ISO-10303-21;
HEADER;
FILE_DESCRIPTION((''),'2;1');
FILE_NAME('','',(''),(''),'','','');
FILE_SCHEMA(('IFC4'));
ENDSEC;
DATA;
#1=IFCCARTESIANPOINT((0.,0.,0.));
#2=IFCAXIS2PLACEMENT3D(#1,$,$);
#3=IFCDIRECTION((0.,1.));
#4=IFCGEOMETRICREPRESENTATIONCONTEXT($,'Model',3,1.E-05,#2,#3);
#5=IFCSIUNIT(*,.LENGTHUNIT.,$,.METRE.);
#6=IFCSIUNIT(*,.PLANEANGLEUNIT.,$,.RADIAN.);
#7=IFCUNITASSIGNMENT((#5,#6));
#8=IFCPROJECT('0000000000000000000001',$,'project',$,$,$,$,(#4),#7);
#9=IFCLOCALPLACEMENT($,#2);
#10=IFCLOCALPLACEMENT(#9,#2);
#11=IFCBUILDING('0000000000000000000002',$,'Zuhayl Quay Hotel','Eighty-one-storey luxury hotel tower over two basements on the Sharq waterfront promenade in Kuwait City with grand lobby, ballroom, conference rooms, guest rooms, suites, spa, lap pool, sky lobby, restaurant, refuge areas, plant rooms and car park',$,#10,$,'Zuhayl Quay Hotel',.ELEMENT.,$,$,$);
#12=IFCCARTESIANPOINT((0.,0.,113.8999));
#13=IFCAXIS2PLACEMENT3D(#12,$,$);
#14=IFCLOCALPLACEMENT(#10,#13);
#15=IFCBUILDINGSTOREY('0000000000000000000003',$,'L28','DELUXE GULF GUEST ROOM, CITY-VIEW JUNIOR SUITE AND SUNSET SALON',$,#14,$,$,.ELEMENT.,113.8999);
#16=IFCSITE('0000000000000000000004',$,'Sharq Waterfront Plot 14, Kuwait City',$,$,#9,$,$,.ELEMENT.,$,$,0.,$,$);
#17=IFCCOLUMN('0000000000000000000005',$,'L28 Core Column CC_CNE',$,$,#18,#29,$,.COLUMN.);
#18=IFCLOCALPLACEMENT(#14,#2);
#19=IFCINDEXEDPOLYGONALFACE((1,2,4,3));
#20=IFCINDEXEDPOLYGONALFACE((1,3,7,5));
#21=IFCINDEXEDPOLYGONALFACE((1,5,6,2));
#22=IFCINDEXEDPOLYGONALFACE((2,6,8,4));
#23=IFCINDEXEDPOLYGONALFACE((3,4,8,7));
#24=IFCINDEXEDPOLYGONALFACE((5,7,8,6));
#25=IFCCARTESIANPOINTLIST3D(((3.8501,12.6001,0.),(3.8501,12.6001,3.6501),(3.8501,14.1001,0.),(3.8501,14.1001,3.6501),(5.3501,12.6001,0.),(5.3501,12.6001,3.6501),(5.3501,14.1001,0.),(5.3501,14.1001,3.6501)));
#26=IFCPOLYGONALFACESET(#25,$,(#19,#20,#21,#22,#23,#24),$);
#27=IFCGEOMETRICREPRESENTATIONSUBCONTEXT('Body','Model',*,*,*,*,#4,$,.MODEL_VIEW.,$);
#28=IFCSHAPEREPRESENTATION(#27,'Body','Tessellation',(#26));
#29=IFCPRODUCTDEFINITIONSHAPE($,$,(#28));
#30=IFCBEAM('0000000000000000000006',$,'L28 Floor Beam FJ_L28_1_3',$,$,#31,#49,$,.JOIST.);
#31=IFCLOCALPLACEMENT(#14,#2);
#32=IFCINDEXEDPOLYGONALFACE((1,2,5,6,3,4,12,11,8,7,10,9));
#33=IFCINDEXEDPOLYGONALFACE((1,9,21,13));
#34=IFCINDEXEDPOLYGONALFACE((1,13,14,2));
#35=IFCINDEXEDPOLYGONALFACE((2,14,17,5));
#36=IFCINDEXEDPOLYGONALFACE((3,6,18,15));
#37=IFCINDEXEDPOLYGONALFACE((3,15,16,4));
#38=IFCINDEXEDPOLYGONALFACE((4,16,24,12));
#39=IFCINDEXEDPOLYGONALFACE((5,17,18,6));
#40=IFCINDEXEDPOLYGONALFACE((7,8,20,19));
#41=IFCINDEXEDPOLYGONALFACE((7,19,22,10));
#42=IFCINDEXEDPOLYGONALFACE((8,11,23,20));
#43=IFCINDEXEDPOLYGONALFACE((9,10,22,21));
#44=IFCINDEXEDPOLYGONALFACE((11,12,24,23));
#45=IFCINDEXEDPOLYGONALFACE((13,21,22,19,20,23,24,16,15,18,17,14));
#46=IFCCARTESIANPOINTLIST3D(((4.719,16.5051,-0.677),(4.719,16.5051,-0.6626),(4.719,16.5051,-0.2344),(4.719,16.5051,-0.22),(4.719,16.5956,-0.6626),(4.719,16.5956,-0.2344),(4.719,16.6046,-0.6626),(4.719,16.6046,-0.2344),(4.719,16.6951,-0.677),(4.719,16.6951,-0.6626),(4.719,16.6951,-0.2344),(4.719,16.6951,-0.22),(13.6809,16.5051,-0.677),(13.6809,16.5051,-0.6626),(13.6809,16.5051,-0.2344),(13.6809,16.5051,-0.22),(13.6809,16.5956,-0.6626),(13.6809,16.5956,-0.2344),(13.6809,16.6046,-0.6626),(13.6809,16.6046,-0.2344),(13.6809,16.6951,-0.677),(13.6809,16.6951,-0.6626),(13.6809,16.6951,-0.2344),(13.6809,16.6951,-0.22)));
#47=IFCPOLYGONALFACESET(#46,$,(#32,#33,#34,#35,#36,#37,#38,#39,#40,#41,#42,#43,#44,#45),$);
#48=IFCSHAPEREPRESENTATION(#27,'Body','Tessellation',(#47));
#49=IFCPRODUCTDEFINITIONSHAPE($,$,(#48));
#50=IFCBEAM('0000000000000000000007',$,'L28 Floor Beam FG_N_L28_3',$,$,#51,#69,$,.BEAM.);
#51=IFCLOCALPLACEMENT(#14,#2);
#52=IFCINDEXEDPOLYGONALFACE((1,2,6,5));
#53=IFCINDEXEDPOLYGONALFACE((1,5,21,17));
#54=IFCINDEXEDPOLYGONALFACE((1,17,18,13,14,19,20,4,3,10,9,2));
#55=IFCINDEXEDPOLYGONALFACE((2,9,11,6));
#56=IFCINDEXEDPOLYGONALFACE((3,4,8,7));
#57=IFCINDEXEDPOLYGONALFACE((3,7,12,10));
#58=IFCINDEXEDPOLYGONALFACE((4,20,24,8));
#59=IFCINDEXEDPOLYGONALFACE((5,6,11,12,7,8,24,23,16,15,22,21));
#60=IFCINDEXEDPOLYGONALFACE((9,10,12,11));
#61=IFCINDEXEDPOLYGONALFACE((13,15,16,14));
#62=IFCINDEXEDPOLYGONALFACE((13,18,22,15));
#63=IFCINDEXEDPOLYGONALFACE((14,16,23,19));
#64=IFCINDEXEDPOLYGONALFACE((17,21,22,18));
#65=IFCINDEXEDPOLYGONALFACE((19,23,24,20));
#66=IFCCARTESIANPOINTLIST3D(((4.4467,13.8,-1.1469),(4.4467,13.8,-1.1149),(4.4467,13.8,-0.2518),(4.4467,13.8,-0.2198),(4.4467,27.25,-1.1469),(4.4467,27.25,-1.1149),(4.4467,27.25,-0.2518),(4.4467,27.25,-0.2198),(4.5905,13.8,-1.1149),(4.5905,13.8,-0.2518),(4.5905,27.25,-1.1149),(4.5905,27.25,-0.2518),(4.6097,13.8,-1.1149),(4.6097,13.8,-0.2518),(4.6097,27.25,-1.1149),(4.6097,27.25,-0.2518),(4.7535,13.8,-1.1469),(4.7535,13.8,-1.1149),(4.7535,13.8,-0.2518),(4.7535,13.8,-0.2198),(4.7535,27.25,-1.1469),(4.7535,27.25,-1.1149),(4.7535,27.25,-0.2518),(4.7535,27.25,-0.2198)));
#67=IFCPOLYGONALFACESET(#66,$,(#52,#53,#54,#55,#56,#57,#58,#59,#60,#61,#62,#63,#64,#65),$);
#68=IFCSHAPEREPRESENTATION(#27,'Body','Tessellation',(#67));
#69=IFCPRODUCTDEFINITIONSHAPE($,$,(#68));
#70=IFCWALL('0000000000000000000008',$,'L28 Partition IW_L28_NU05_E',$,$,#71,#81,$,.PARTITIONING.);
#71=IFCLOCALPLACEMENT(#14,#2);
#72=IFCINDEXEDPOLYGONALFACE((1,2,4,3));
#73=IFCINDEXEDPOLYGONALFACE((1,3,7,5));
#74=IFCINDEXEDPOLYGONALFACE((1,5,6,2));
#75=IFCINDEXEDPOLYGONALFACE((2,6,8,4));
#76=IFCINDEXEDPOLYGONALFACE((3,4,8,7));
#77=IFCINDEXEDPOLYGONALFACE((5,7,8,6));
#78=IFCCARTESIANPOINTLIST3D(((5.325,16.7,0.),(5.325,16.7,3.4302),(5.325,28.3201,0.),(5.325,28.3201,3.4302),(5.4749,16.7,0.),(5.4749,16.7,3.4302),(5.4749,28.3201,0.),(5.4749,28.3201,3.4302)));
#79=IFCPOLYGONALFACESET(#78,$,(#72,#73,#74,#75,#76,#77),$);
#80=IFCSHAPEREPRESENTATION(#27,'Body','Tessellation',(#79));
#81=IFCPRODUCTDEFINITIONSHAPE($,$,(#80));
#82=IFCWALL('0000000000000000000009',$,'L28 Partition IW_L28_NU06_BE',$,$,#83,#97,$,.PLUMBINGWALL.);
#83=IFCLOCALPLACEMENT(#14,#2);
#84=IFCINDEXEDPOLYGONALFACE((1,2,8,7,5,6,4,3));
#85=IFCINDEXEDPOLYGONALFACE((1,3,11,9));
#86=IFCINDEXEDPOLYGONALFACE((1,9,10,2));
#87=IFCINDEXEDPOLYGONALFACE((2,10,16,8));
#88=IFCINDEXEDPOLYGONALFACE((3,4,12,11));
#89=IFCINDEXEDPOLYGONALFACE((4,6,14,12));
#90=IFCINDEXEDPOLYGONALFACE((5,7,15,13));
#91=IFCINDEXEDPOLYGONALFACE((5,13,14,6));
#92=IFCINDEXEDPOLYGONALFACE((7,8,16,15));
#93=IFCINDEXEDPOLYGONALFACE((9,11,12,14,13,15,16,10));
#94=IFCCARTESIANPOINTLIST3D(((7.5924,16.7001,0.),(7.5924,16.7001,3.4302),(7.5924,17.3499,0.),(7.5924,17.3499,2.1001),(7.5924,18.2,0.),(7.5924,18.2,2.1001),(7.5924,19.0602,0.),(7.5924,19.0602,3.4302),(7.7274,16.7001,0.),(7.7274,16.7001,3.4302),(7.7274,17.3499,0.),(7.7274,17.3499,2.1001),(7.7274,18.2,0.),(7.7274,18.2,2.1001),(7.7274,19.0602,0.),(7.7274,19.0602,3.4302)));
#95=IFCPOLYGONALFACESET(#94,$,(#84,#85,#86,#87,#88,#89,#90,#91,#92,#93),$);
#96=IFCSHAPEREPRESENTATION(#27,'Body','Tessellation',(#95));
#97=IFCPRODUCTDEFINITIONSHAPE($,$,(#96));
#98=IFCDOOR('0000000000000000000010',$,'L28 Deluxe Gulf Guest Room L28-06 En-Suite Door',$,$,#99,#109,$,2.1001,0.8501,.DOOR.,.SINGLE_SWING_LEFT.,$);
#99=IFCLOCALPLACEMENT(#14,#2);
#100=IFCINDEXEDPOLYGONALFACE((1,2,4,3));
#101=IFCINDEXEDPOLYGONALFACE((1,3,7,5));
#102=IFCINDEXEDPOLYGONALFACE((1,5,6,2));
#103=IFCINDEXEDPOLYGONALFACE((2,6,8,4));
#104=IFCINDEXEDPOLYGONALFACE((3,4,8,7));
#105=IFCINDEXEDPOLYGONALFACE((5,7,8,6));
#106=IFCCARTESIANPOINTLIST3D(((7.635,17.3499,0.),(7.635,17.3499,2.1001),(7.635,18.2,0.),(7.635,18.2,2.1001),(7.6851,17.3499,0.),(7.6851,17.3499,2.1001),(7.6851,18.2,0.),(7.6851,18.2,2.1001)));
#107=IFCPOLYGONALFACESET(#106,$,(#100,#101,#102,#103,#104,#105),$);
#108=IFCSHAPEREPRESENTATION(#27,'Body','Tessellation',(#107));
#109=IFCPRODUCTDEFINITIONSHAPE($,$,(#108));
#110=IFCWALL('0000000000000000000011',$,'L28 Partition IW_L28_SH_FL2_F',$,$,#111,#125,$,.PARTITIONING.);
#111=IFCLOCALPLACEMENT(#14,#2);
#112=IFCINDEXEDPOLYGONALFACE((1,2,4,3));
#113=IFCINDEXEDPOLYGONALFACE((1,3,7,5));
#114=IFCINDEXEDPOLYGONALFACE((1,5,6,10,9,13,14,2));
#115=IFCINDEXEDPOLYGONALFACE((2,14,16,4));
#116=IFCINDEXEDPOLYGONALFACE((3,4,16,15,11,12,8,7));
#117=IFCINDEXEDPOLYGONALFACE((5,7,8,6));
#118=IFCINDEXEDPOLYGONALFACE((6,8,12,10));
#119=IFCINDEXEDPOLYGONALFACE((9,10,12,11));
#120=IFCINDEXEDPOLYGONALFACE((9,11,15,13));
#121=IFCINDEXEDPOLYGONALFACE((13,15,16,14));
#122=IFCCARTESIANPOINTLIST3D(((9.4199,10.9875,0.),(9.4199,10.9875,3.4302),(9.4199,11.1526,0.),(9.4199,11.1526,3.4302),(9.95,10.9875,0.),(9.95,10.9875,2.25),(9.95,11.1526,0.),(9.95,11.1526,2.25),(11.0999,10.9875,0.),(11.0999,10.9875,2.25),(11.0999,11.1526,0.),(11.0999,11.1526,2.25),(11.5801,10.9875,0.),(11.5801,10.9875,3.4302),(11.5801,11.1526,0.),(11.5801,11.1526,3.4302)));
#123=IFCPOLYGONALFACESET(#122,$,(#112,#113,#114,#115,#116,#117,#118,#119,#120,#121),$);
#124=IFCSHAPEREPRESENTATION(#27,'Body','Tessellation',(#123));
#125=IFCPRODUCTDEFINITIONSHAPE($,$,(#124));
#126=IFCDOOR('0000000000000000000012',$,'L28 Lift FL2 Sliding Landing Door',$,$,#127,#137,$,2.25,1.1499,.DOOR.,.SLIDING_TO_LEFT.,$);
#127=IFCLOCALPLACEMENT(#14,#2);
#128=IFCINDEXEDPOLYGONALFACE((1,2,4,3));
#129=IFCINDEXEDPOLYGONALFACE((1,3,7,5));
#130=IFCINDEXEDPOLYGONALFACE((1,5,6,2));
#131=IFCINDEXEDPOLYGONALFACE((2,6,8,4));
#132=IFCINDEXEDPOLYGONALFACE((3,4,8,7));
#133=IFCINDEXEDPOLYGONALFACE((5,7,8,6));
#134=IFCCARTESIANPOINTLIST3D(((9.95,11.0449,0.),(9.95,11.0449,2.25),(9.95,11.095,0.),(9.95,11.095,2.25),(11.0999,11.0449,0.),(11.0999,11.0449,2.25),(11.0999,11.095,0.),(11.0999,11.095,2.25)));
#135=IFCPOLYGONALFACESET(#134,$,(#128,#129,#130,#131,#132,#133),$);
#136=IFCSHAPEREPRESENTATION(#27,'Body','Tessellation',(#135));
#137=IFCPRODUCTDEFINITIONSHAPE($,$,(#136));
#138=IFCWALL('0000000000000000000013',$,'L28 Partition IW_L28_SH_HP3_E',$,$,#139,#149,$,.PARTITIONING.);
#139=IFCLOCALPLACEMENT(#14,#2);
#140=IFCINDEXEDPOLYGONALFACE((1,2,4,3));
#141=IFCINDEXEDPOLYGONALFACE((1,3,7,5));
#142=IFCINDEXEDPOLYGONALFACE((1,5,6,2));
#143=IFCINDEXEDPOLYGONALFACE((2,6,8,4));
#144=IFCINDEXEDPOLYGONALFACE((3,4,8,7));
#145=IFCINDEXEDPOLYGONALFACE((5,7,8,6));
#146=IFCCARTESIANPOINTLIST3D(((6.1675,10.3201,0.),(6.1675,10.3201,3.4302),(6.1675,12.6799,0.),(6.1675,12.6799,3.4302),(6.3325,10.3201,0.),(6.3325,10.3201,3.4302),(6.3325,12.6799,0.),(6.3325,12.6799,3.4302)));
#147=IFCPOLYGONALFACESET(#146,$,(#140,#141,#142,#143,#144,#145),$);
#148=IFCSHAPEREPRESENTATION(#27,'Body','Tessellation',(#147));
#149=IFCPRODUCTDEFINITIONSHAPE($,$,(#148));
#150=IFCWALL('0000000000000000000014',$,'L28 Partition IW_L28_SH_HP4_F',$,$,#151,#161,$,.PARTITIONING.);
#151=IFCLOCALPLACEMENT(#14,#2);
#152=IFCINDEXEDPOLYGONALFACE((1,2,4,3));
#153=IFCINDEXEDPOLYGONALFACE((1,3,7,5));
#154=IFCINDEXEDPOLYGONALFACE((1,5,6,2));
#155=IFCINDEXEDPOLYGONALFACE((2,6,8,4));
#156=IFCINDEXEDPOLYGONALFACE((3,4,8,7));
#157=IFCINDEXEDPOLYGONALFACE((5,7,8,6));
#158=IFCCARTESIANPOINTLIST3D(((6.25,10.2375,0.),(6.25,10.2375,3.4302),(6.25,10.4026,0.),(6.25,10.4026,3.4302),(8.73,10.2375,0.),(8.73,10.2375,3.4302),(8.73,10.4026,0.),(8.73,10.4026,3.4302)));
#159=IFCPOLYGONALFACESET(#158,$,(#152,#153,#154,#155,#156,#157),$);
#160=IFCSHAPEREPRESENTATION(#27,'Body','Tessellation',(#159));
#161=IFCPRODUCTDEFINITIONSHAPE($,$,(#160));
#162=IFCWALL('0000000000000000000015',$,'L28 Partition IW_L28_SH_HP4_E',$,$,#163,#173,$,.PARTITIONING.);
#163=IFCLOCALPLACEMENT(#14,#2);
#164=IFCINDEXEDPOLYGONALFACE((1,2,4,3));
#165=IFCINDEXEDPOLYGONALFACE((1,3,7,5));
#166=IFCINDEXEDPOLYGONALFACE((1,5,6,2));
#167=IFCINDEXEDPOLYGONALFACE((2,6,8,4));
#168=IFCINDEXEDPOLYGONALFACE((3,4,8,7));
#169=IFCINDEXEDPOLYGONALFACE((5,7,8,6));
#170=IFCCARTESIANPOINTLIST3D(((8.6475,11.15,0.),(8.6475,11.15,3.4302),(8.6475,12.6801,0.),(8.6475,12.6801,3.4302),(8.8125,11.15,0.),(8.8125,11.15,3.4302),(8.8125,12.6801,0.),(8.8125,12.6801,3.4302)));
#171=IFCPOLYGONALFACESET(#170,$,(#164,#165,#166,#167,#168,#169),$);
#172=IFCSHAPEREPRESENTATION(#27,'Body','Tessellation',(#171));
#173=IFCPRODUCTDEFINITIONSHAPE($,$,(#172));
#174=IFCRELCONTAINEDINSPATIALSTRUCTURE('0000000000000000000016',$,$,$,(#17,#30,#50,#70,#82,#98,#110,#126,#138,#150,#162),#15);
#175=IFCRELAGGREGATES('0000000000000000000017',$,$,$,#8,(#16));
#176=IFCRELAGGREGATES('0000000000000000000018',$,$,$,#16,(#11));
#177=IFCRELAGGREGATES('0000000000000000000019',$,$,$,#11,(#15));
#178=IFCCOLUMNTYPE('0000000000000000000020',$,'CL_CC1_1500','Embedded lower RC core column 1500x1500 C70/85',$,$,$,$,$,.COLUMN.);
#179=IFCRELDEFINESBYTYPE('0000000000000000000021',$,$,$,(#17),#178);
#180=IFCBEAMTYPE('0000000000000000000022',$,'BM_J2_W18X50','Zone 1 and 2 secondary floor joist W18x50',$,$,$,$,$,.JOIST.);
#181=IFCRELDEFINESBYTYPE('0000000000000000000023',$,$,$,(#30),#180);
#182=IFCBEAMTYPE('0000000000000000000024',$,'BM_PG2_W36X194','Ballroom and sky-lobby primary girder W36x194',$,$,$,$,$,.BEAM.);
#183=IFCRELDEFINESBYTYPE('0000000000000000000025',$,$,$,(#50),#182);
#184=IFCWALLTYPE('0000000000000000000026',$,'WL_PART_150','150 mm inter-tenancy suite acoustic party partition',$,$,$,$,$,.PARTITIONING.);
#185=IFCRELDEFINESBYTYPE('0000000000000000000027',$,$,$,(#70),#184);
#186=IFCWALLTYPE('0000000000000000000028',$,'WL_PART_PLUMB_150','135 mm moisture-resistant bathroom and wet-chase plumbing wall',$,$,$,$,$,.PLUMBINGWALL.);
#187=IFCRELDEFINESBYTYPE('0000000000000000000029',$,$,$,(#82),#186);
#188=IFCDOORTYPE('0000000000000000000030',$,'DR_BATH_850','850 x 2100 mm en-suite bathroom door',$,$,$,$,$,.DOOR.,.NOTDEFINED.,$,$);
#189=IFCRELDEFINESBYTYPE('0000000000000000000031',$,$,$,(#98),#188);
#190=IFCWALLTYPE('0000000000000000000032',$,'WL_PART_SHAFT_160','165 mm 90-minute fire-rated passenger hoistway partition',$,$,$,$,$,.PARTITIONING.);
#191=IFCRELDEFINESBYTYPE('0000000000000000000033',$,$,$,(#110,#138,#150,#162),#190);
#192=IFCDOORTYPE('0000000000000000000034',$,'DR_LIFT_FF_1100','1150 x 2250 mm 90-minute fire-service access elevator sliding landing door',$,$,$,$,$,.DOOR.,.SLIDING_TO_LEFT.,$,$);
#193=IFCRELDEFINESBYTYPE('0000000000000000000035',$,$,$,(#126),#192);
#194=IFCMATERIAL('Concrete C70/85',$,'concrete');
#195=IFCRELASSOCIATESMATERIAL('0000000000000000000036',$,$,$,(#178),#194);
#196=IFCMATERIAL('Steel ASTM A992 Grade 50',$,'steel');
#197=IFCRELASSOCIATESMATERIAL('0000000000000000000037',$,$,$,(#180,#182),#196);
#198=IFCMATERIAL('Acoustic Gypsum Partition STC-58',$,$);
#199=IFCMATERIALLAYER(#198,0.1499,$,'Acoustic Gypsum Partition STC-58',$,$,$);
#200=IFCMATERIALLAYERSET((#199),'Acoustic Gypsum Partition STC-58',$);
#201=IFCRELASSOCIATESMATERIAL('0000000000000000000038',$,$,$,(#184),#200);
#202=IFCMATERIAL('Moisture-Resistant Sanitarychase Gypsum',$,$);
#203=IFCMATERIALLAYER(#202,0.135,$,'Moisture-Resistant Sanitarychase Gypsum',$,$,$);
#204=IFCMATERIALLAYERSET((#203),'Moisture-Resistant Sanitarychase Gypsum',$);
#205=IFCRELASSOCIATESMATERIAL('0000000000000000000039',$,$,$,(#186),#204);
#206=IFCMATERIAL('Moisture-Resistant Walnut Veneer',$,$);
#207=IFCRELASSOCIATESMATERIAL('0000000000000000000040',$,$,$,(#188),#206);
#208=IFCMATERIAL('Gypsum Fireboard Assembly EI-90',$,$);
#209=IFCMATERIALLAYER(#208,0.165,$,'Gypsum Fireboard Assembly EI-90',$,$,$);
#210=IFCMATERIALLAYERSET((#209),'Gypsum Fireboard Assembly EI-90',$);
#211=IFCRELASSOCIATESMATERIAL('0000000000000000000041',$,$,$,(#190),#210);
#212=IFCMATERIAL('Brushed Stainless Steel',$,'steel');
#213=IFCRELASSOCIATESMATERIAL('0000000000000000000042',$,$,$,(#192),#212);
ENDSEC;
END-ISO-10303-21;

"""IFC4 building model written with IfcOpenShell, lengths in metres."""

from ifc_helpers import new_model, si_unit, direction, frame, frame_2d, origin, origin_2d, place, context, subcontext, project, spatial, rectangle, i_section, extrude, material, layer, layer_set, material_profile, profile_set, type_object, element, fill, save


model = new_model("IFC4")

# Units and contexts
model_context = context("Model", 3, precision=1e-05, world=origin(), true_north=direction((0.0, 1.0)))
body_context = subcontext(model_context, "Body", "Model", "MODEL_VIEW")
ifc_project = project(units=[si_unit("LENGTHUNIT", "METRE"), si_unit("PLANEANGLEUNIT", "RADIAN")], contexts=[model_context])

# Site, building, storey
site_placement = place(None, origin())
site = spatial("IfcSite", under=ifc_project, at=site_placement, Name="Sharq Waterfront Plot 14, Kuwait City", CompositionType="ELEMENT", RefElevation=0.0)
building_placement = place(site_placement, origin())
building = spatial("IfcBuilding", under=site, at=building_placement, Name="Zuhayl Quay Hotel", Description="Eighty-one-storey luxury hotel tower over two basements on the Sharq waterfront promenade in Kuwait City with grand lobby, ballroom, conference rooms, guest rooms, suites, spa, lap pool, sky lobby, restaurant, refuge areas, plant rooms and car park", LongName="Zuhayl Quay Hotel", CompositionType="ELEMENT")
storey_placement = place(building_placement, frame((0.0, 0.0, 113.8999)))
storey = spatial("IfcBuildingStorey", under=building, at=storey_placement, Name="L28", Description="DELUXE GULF GUEST ROOM, CITY-VIEW JUNIOR SUITE AND SUNSET SALON", CompositionType="ELEMENT", Elevation=113.8999)

# Column
ifc_material_1 = material(Name="Concrete C70/85", Category="concrete")
ifc_material_profile_1 = material_profile(ifc_material_1, rectangle(XDim=1.5, YDim=1.5, at=origin_2d()), Name="RC1500X1500")
ifc_profile_set_1 = profile_set([ifc_material_profile_1], Name="Concrete C70/85")
column_type = type_object("IfcColumnType", Name="CL_CC1_1500", Description="Embedded lower RC core column 1500x1500 C70/85", PredefinedType="COLUMN", material=ifc_profile_set_1)
column_placement = place(storey_placement, frame((4.6001, 13.3501, 0.0), z_axis=(0.0, 0.0, 1.0), x_axis=(1.0, 0.0, 0.0)))
element("IfcColumn", 1, at=column_placement, inside=storey, type_object=column_type, Name="L28 Core Column CC_CNE", PredefinedType="COLUMN", context=body_context, shape_type="SweptSolid", body=[
    extrude(rectangle(XDim=1.5, YDim=1.5, at=origin_2d()), origin(), (0.0, 0.0, 1.0), 3.6501),
])

# Beams
ifc_material_2 = material(Name="Steel ASTM A992 Grade 50", Category="steel")
ifc_material_profile_2 = material_profile(ifc_material_2, i_section(OverallWidth=0.1899, OverallDepth=0.457, WebThickness=0.009, FlangeThickness=0.0144, at=origin_2d()), Name="W18X50")
ifc_profile_set_2 = profile_set([ifc_material_profile_2], Name="Steel ASTM A992 Grade 50")
beam_type_1 = type_object("IfcBeamType", Name="BM_J2_W18X50", Description="Zone 1 and 2 secondary floor joist W18x50", PredefinedType="JOIST", material=ifc_profile_set_2)
beam_1_placement = place(storey_placement, frame((4.719, 16.6001, -0.4485), z_axis=(1.0, 0.0, 0.0), x_axis=(0.0, 1.0, 0.0)))
element("IfcBeam", 2, at=beam_1_placement, inside=storey, type_object=beam_type_1, Name="L28 Floor Beam FJ_L28_1_3", PredefinedType="JOIST", context=body_context, shape_type="SweptSolid", body=[
    extrude(i_section(OverallWidth=0.1899, OverallDepth=0.457, WebThickness=0.009, FlangeThickness=0.0144, at=origin_2d()), origin(), (0.0, 0.0, 1.0), 8.9619),
])
ifc_material_profile_3 = material_profile(ifc_material_2, i_section(OverallWidth=0.3069, OverallDepth=0.927, WebThickness=0.0193, FlangeThickness=0.032, at=origin_2d()), Name="W36X194")
ifc_profile_set_3 = profile_set([ifc_material_profile_3], Name="Steel ASTM A992 Grade 50")
beam_type_2 = type_object("IfcBeamType", Name="BM_PG2_W36X194", Description="Ballroom and sky-lobby primary girder W36x194", PredefinedType="BEAM", material=ifc_profile_set_3)
beam_2_placement = place(storey_placement, frame((4.6001, 13.8, -0.6833), z_axis=(0.0, 1.0, 0.0), x_axis=(-1.0, 0.0, 0.0)))
element("IfcBeam", 3, at=beam_2_placement, inside=storey, type_object=beam_type_2, Name="L28 Floor Beam FG_N_L28_3", PredefinedType="BEAM", context=body_context, shape_type="SweptSolid", body=[
    extrude(i_section(OverallWidth=0.3069, OverallDepth=0.927, WebThickness=0.0193, FlangeThickness=0.032, at=origin_2d()), origin(), (0.0, 0.0, 1.0), 13.45),
])

# Shared definitions
ifc_material_3 = material(Name="Acoustic Gypsum Partition STC-58")
ifc_layer_1 = layer(ifc_material_3, 0.1499, Name="Acoustic Gypsum Partition STC-58")
ifc_layer_set_1 = layer_set([ifc_layer_1], Name="Acoustic Gypsum Partition STC-58")
wall_type_1 = type_object("IfcWallType", Name="WL_PART_150", Description="150 mm inter-tenancy suite acoustic party partition", PredefinedType="PARTITIONING", material=ifc_layer_set_1)

# Wall
wall_1_placement = place(storey_placement, frame((5.3999, 16.7, 0.0), z_axis=(0.0, 0.0, 1.0), x_axis=(0.0, 1.0, 0.0)))
element("IfcWall", 4, at=wall_1_placement, inside=storey, type_object=wall_type_1, Name="L28 Partition IW_L28_NU05_E", PredefinedType="PARTITIONING", context=body_context, shape_type="SweptSolid", body=[
    extrude(rectangle(XDim=11.6201, YDim=0.1499, at=frame_2d((5.8101, 0.0))), origin(), (0.0, 0.0, 1.0), 3.4302),
])

# Walls, openings, doors
ifc_material_4 = material(Name="Moisture-Resistant Sanitarychase Gypsum")
ifc_layer_2 = layer(ifc_material_4, 0.135, Name="Moisture-Resistant Sanitarychase Gypsum")
ifc_layer_set_2 = layer_set([ifc_layer_2], Name="Moisture-Resistant Sanitarychase Gypsum")
wall_type_2 = type_object("IfcWallType", Name="WL_PART_PLUMB_150", Description="135 mm moisture-resistant bathroom and wet-chase plumbing wall", PredefinedType="PLUMBINGWALL", material=ifc_layer_set_2)
wall_2_placement = place(storey_placement, frame((7.6599, 16.7, 0.0), z_axis=(0.0, 0.0, 1.0), x_axis=(0.0, 1.0, 0.0)))
wall_2 = element("IfcWall", 5, at=wall_2_placement, inside=storey, type_object=wall_type_2, Name="L28 Partition IW_L28_NU06_BE", PredefinedType="PLUMBINGWALL", context=body_context, shape_type="SweptSolid", body=[
    extrude(rectangle(XDim=2.3601, YDim=0.135, at=frame_2d((1.1802, 0.0))), origin(), (0.0, 0.0, 1.0), 3.4302),
])
opening_1_placement = place(wall_2_placement, frame((0.6499, 0.0, 0.0)))
opening_1 = element("IfcOpeningElement", 6, at=opening_1_placement, cuts=wall_2, PredefinedType="OPENING", context=body_context, shape_type="SweptSolid", body=[
    extrude(rectangle(XDim=0.8501, YDim=2.1001, at=frame_2d((0.425, 1.05))), frame((0.0, 0.0774, 0.0), z_axis=(0.0, -1.0, 0.0), x_axis=(1.0, 0.0, 0.0)), (0.0, 0.0, 1.0), 0.155),
])
ifc_material_5 = material(Name="Moisture-Resistant Walnut Veneer")
door_type_1 = type_object("IfcDoorType", Name="DR_BATH_850", Description="850 x 2100 mm en-suite bathroom door", OperationType="NOTDEFINED", PredefinedType="DOOR", material=ifc_material_5)
door_1_placement = place(opening_1_placement, origin())
door_1 = element("IfcDoor", 7, at=door_1_placement, inside=storey, type_object=door_type_1, Name="L28 Deluxe Gulf Guest Room L28-06 En-Suite Door", OperationType="SINGLE_SWING_LEFT", OverallHeight=2.1001, OverallWidth=0.8501, PredefinedType="DOOR", context=body_context, shape_type="SweptSolid", body=[
    extrude(rectangle(XDim=0.8501, YDim=2.1001, at=frame_2d((0.425, 1.05))), frame((0.0, 0.0249, 0.0), z_axis=(0.0, -1.0, 0.0), x_axis=(1.0, 0.0, 0.0)), (0.0, 0.0, 1.0), 0.05),
])
fill(opening_1, door_1)
ifc_material_6 = material(Name="Gypsum Fireboard Assembly EI-90")
ifc_layer_3 = layer(ifc_material_6, 0.165, Name="Gypsum Fireboard Assembly EI-90")
ifc_layer_set_3 = layer_set([ifc_layer_3], Name="Gypsum Fireboard Assembly EI-90")
wall_type_3 = type_object("IfcWallType", Name="WL_PART_SHAFT_160", Description="165 mm 90-minute fire-rated passenger hoistway partition", PredefinedType="PARTITIONING", material=ifc_layer_set_3)
wall_3_placement = place(storey_placement, frame((9.4199, 11.0701, 0.0), z_axis=(0.0, 0.0, 1.0), x_axis=(1.0, 0.0, 0.0)))
wall_3 = element("IfcWall", 8, at=wall_3_placement, inside=storey, type_object=wall_type_3, Name="L28 Partition IW_L28_SH_FL2_F", PredefinedType="PARTITIONING", context=body_context, shape_type="SweptSolid", body=[
    extrude(rectangle(XDim=2.1602, YDim=0.165, at=frame_2d((1.0801, 0.0))), origin(), (0.0, 0.0, 1.0), 3.4302),
])
opening_2_placement = place(wall_3_placement, frame((0.53, 0.0, 0.0)))
opening_2 = element("IfcOpeningElement", 9, at=opening_2_placement, cuts=wall_3, PredefinedType="OPENING", context=body_context, shape_type="SweptSolid", body=[
    extrude(rectangle(XDim=1.1499, YDim=2.25, at=frame_2d((0.575, 1.125))), frame((0.0, 0.0925, 0.0), z_axis=(0.0, -1.0, 0.0), x_axis=(1.0, 0.0, 0.0)), (0.0, 0.0, 1.0), 0.1851),
])
ifc_material_7 = material(Name="Brushed Stainless Steel", Category="steel")
door_type_2 = type_object("IfcDoorType", Name="DR_LIFT_FF_1100", Description="1150 x 2250 mm 90-minute fire-service access elevator sliding landing door", OperationType="SLIDING_TO_LEFT", PredefinedType="DOOR", material=ifc_material_7)
door_2_placement = place(opening_2_placement, origin())
door_2 = element("IfcDoor", 10, at=door_2_placement, inside=storey, type_object=door_type_2, Name="L28 Lift FL2 Sliding Landing Door", OperationType="SLIDING_TO_LEFT", OverallHeight=2.25, OverallWidth=1.1499, PredefinedType="DOOR", context=body_context, shape_type="SweptSolid", body=[
    extrude(rectangle(XDim=1.1499, YDim=2.25, at=frame_2d((0.575, 1.125))), frame((0.0, 0.0249, 0.0), z_axis=(0.0, -1.0, 0.0), x_axis=(1.0, 0.0, 0.0)), (0.0, 0.0, 1.0), 0.05),
])
fill(opening_2, door_2)

# Walls
wall_4_placement = place(storey_placement, frame((6.25, 10.3201, 0.0), z_axis=(0.0, 0.0, 1.0), x_axis=(0.0, 1.0, 0.0)))
element("IfcWall", 11, at=wall_4_placement, inside=storey, type_object=wall_type_3, Name="L28 Partition IW_L28_SH_HP3_E", PredefinedType="PARTITIONING", context=body_context, shape_type="SweptSolid", body=[
    extrude(rectangle(XDim=2.3599, YDim=0.165, at=frame_2d((1.1799, 0.0))), origin(), (0.0, 0.0, 1.0), 3.4302),
])
wall_5_placement = place(storey_placement, frame((6.25, 10.3201, 0.0), z_axis=(0.0, 0.0, 1.0), x_axis=(1.0, 0.0, 0.0)))
element("IfcWall", 12, at=wall_5_placement, inside=storey, type_object=wall_type_3, Name="L28 Partition IW_L28_SH_HP4_F", PredefinedType="PARTITIONING", context=body_context, shape_type="SweptSolid", body=[
    extrude(rectangle(XDim=2.48, YDim=0.165, at=frame_2d((1.24, 0.0))), origin(), (0.0, 0.0, 1.0), 3.4302),
])
wall_6_placement = place(storey_placement, frame((8.73, 11.1499, 0.0), z_axis=(0.0, 0.0, 1.0), x_axis=(0.0, 1.0, 0.0)))
element("IfcWall", 13, at=wall_6_placement, inside=storey, type_object=wall_type_3, Name="L28 Partition IW_L28_SH_HP4_E", PredefinedType="PARTITIONING", context=body_context, shape_type="SweptSolid", body=[
    extrude(rectangle(XDim=1.53, YDim=0.165, at=frame_2d((0.7651, 0.0))), origin(), (0.0, 0.0, 1.0), 3.4302),
])

save(model, "model.ifc")
